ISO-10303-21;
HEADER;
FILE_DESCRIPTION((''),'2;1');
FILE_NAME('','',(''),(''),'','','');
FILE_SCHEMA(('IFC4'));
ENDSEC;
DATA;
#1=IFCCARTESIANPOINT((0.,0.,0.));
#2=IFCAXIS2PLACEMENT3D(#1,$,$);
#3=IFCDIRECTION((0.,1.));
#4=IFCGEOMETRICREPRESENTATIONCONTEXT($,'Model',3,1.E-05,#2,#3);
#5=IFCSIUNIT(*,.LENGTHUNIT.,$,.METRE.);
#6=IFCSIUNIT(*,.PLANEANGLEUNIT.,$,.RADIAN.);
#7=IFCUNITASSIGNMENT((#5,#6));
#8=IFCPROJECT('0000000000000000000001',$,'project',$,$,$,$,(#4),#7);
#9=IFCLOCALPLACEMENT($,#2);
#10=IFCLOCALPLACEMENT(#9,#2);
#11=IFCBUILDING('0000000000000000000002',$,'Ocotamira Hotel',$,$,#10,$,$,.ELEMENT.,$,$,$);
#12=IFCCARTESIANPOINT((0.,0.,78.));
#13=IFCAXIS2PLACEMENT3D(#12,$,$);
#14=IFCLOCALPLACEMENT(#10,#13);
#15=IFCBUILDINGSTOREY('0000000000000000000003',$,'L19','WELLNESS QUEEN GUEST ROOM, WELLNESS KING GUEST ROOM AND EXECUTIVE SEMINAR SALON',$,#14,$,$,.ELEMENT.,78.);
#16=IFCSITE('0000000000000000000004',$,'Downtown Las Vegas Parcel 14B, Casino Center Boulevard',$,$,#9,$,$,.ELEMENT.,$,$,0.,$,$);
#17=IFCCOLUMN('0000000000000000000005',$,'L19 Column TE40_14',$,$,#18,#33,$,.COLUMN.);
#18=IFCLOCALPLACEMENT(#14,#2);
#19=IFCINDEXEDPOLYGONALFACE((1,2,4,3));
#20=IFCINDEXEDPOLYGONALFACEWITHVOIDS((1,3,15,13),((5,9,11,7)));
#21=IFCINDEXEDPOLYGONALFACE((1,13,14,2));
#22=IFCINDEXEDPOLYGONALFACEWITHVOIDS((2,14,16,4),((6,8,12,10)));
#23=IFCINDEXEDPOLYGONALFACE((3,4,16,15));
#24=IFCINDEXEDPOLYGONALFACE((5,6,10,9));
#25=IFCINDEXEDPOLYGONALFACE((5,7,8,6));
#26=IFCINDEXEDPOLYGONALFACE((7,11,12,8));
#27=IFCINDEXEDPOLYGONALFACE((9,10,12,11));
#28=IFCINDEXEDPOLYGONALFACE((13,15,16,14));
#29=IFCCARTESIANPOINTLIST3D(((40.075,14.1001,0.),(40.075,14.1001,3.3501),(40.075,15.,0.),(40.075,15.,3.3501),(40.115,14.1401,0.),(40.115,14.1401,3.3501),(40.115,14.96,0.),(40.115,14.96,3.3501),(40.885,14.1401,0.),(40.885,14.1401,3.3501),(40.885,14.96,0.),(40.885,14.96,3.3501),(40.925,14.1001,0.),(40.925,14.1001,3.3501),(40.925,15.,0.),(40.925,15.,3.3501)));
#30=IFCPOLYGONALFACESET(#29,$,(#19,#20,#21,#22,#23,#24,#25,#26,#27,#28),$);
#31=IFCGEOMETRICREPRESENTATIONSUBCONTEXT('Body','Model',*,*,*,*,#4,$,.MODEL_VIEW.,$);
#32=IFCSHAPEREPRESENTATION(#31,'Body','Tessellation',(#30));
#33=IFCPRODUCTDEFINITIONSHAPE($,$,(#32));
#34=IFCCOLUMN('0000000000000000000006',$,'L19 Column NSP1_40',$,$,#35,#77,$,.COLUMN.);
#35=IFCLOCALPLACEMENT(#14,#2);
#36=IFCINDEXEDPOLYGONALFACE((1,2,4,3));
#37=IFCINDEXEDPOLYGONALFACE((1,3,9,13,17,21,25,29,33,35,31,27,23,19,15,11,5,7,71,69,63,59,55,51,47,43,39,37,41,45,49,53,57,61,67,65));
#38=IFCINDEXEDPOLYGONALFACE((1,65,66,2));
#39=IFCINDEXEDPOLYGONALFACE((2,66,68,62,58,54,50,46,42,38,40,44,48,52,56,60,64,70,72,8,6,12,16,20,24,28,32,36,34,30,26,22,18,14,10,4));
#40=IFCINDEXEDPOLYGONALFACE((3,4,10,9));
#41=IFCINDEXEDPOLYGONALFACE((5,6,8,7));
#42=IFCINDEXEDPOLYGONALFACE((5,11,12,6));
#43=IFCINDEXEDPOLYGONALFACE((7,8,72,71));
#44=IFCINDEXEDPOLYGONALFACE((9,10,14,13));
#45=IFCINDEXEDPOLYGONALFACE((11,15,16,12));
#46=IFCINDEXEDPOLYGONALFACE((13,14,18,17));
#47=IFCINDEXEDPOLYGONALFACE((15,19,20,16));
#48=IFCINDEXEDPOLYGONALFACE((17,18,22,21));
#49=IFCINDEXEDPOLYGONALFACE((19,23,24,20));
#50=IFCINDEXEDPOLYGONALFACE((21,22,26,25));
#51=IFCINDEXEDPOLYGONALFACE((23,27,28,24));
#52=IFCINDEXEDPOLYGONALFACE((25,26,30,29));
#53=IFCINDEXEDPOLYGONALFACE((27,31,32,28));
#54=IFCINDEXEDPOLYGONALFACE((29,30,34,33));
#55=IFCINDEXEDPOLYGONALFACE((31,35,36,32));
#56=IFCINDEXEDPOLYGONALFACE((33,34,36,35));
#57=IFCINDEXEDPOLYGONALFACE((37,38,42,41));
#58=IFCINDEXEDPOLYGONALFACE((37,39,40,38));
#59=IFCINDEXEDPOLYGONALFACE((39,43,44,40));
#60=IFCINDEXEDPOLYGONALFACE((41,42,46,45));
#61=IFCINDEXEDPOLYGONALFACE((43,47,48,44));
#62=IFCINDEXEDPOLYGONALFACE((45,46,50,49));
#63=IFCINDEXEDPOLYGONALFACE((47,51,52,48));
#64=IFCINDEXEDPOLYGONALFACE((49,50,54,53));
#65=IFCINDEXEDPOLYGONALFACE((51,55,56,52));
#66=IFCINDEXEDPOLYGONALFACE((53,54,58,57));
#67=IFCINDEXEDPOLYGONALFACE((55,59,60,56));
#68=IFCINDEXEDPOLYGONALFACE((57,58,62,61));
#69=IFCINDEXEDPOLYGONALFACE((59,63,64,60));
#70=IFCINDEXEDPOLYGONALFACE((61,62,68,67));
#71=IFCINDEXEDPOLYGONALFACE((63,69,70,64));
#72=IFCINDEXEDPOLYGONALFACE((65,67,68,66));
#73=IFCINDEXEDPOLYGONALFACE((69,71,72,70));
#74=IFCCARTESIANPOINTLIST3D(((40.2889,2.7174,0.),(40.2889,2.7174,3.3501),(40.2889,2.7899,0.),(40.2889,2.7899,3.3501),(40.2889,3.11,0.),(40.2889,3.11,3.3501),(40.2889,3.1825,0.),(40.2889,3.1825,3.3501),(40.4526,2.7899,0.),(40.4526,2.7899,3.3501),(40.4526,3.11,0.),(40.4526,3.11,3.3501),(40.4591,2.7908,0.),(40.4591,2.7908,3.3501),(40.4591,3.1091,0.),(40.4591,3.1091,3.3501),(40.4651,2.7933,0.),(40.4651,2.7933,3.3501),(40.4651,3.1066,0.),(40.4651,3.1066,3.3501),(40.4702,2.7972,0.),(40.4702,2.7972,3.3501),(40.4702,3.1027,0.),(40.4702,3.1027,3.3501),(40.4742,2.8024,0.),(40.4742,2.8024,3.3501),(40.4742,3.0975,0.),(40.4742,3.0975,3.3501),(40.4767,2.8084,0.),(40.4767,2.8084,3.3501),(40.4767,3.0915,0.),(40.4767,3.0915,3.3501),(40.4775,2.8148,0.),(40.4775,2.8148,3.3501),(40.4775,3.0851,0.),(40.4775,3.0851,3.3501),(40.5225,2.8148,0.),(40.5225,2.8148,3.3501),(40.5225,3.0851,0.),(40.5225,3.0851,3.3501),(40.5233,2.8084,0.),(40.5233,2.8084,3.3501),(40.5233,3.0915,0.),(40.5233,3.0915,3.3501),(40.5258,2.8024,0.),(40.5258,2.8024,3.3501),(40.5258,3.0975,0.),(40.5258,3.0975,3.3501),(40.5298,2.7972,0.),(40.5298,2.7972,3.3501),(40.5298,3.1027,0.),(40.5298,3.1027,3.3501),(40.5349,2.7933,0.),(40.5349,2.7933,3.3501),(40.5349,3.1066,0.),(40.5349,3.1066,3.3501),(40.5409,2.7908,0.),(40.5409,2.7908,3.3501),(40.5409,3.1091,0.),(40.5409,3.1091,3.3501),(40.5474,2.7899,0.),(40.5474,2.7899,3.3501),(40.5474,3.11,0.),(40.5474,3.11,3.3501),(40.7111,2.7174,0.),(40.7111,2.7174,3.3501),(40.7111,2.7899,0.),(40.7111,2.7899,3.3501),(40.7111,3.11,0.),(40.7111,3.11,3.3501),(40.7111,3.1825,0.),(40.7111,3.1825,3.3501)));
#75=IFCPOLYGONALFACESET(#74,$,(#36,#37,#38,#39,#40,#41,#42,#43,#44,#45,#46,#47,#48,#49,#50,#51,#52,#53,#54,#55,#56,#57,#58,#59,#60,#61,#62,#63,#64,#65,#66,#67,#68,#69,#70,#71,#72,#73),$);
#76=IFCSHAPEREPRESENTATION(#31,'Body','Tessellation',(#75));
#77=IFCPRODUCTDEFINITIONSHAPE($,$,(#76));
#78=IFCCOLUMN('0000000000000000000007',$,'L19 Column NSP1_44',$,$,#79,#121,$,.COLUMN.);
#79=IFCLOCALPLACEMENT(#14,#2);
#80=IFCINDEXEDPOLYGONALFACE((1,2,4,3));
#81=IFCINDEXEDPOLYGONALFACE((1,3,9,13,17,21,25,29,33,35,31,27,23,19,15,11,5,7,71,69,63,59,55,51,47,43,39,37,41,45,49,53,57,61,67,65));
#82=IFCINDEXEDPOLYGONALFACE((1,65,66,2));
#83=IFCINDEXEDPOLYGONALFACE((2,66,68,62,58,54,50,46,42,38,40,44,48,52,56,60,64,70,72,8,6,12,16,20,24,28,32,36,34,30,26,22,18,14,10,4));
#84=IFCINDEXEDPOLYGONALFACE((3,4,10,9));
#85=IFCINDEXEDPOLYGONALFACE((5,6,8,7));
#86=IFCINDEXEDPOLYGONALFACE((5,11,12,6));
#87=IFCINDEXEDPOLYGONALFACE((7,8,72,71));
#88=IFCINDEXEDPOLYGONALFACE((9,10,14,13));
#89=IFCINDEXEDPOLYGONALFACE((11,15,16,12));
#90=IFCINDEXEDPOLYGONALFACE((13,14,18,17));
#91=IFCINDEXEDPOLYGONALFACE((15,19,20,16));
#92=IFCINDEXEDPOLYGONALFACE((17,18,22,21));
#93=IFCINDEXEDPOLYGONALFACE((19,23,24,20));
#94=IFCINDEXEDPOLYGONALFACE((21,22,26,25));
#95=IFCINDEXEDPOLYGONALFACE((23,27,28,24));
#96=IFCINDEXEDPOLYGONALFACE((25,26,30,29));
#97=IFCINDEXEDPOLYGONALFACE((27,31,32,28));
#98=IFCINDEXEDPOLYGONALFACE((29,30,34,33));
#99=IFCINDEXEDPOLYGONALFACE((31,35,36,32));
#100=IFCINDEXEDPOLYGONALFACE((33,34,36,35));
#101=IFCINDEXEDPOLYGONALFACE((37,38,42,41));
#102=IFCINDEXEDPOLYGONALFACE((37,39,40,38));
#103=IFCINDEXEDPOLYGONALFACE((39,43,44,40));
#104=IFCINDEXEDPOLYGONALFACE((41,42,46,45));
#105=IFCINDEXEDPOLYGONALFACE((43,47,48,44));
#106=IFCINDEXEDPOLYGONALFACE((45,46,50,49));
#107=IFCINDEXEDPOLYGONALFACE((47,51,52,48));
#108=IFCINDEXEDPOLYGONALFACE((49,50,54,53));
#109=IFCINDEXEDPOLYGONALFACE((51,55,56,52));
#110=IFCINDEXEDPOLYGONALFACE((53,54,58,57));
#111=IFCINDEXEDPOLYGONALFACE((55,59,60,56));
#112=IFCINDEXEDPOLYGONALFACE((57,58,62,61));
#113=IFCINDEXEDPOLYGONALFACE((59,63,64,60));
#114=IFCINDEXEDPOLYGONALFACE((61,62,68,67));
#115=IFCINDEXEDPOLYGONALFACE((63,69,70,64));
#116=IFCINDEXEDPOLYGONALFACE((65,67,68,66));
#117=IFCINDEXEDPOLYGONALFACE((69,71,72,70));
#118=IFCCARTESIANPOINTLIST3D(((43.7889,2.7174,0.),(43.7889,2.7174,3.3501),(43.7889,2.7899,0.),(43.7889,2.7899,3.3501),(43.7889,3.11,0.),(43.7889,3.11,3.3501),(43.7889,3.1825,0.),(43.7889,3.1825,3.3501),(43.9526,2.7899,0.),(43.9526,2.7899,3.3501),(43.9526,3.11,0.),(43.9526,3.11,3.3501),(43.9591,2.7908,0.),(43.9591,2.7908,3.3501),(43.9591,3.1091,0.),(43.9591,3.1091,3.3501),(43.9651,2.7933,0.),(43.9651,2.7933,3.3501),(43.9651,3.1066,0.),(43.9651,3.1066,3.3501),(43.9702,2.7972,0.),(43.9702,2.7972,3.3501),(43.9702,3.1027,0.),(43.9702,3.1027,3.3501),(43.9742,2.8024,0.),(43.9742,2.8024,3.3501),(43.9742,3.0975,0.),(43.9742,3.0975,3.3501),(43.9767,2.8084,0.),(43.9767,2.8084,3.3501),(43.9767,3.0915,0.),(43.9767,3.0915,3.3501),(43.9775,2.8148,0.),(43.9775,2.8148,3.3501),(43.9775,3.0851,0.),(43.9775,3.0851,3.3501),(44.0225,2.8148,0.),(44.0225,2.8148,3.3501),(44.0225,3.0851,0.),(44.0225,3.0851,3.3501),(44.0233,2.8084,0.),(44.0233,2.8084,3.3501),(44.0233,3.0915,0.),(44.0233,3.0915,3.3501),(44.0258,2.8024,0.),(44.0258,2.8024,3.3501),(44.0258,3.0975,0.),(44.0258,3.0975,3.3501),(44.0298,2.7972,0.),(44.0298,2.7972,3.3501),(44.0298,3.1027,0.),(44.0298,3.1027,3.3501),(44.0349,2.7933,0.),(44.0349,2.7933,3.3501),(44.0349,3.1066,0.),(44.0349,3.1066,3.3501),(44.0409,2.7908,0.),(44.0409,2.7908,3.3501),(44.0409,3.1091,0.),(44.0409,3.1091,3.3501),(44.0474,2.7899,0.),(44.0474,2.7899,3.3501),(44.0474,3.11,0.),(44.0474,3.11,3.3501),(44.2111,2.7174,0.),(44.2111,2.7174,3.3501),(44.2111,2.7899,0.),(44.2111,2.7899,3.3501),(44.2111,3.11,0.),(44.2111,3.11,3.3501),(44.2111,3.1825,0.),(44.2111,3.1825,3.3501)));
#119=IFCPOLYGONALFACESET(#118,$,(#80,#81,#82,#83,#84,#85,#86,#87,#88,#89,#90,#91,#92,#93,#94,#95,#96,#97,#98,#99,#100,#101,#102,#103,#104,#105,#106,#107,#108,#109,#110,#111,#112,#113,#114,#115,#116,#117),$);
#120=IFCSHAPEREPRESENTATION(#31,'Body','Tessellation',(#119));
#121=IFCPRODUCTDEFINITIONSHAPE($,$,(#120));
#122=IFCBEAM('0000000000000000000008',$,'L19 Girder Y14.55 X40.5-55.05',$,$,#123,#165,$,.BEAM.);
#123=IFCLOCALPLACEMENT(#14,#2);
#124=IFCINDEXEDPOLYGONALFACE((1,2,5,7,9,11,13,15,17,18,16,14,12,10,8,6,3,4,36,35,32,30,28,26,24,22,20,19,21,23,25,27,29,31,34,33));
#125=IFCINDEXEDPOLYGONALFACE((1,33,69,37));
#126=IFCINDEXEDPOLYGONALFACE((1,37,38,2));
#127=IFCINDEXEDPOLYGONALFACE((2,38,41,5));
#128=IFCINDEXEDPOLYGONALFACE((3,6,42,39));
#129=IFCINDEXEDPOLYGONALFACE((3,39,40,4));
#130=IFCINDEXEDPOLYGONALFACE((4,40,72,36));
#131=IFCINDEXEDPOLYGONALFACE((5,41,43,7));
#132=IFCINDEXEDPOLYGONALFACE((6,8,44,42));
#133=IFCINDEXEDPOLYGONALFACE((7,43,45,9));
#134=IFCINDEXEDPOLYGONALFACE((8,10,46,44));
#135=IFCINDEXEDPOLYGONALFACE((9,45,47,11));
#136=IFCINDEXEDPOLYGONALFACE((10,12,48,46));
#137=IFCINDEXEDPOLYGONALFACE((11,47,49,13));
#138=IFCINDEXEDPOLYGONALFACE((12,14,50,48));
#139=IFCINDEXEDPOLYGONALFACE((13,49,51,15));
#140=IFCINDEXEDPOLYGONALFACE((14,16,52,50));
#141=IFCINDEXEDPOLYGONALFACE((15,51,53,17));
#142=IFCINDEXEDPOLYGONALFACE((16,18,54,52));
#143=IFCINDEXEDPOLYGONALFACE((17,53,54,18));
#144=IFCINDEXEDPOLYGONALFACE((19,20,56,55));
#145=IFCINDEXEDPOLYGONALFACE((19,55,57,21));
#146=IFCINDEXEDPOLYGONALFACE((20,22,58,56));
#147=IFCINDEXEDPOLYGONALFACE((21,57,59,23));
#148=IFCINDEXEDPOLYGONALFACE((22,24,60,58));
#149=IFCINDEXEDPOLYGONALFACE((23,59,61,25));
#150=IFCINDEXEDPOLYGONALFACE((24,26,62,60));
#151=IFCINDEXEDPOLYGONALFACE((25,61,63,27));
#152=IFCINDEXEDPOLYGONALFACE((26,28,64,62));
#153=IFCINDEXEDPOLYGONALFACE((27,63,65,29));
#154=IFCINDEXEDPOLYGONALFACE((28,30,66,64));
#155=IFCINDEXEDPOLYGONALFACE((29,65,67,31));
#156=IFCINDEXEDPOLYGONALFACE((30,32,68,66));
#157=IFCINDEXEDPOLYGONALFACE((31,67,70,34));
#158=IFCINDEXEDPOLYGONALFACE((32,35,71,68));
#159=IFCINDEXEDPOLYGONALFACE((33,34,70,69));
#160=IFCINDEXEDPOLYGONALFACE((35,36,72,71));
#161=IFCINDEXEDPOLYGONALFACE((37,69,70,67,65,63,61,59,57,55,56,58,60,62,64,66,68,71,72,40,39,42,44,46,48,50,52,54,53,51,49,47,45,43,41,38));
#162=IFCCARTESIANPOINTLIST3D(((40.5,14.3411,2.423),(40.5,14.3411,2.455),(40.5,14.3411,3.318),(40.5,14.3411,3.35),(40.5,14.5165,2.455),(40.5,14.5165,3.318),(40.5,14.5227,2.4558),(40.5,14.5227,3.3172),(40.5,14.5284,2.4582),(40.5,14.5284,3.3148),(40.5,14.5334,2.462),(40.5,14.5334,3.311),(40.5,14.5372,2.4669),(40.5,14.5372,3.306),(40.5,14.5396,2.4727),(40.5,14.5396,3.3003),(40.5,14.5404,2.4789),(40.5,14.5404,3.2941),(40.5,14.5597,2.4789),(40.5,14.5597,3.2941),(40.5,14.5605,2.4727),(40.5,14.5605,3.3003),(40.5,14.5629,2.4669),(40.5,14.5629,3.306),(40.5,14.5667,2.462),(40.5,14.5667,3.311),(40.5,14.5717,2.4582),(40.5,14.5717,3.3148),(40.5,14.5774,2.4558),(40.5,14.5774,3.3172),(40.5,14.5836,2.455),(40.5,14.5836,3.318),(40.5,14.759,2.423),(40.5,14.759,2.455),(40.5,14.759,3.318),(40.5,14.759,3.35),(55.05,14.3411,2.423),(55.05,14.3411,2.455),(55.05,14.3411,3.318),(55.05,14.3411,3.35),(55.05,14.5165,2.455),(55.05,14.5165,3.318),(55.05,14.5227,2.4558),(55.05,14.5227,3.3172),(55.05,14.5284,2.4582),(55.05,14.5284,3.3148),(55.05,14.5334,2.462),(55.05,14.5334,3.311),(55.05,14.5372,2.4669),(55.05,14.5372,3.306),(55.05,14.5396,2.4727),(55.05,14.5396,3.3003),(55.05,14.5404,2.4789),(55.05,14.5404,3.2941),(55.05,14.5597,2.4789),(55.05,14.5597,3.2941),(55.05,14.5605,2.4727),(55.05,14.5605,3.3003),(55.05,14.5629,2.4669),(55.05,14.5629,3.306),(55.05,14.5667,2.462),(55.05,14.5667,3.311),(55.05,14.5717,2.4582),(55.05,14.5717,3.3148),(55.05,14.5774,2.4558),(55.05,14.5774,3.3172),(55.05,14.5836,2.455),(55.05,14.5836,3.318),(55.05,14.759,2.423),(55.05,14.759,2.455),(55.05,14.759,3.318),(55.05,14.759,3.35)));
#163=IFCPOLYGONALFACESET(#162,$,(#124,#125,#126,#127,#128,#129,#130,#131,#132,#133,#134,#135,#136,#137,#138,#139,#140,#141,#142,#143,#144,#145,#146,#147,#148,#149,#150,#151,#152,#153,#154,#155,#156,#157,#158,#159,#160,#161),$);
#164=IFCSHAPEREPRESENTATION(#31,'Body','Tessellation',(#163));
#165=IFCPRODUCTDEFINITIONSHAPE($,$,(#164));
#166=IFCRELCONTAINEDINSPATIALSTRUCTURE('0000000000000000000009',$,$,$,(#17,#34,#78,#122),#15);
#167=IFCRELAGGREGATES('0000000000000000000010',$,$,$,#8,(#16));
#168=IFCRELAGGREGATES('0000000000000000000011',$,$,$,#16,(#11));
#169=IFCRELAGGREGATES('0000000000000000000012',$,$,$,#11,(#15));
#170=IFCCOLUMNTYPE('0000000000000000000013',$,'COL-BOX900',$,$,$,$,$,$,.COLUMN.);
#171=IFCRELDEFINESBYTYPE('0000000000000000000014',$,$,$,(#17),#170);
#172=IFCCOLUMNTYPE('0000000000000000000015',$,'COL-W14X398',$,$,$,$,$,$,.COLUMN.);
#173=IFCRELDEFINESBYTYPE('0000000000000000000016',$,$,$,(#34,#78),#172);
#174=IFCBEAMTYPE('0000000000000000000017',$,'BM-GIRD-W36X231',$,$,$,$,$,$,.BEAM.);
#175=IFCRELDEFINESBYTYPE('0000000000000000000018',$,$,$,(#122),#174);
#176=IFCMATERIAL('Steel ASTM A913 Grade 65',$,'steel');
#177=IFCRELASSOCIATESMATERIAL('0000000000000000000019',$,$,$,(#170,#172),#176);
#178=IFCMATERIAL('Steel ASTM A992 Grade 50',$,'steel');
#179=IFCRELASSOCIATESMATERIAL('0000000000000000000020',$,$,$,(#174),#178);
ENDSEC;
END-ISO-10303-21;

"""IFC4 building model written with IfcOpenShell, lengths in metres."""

from ifc_helpers import new_model, si_unit, direction, frame, origin, origin_2d, place, context, subcontext, project, spatial, hollow_rectangle, i_section, extrude, source, transform, mapped, material, material_profile, profile_set, type_object, element, save


model = new_model("IFC4")

# Units and contexts
model_context = context("Model", 3, precision=1e-05, world=origin(), true_north=direction((0.0, 1.0)))
body_context = subcontext(model_context, "Body", "Model", "MODEL_VIEW")
ifc_project = project(units=[si_unit("LENGTHUNIT", "METRE"), si_unit("PLANEANGLEUNIT", "RADIAN")], contexts=[model_context])

# Site, building, storey
site_placement = place(None, origin())
site = spatial("IfcSite", under=ifc_project, at=site_placement, Name="Downtown Las Vegas Parcel 14B, Casino Center Boulevard", CompositionType="ELEMENT", RefElevation=0.0)
building_placement = place(site_placement, origin())
building = spatial("IfcBuilding", under=site, at=building_placement, Name="Ocotamira Hotel", CompositionType="ELEMENT")
storey_placement = place(building_placement, frame((0.0, 0.0, 78.0)))
storey = spatial("IfcBuildingStorey", under=building, at=storey_placement, Name="L19", Description="WELLNESS QUEEN GUEST ROOM, WELLNESS KING GUEST ROOM AND EXECUTIVE SEMINAR SALON", CompositionType="ELEMENT", Elevation=78.0)

# Columns
ifc_material_1 = material(Name="Steel ASTM A913 Grade 65", Category="steel")
ifc_material_profile_1 = material_profile(ifc_material_1, hollow_rectangle(XDim=0.8501, YDim=0.8999, WallThickness=0.04, at=origin_2d()), Name="BOX900X850X40")
ifc_profile_set_1 = profile_set([ifc_material_profile_1], Name="Steel ASTM A913 Grade 65")
column_type_1 = type_object("IfcColumnType", Name="COL-BOX900", PredefinedType="COLUMN", material=ifc_profile_set_1)
shared_shape_1 = source(origin(), body_context, "Body", "SweptSolid", [
    extrude(hollow_rectangle(XDim=0.8501, YDim=0.8999, WallThickness=0.04, at=origin_2d()), origin(), (0.0, 0.0, 1.0), 3.3501),
])
column_placement = place(storey_placement, frame((40.5, 14.55, 0.0), z_axis=(0.0, 0.0, 1.0), x_axis=(1.0, 0.0, 0.0)))
element("IfcColumn", 1, at=column_placement, inside=storey, type_object=column_type_1, Name="L19 Column TE40_14", PredefinedType="COLUMN", context=body_context, shape_type="MappedRepresentation", body=[
    mapped(shared_shape_1, transform((0.0, 0.0, 0.0), scale=1.0)),
])
ifc_material_profile_2 = material_profile(ifc_material_1, i_section(OverallWidth=0.4221, OverallDepth=0.4651, WebThickness=0.0449, FlangeThickness=0.0725, FilletRadius=0.0249, at=origin_2d()), Name="W14X398")
ifc_profile_set_2 = profile_set([ifc_material_profile_2], Name="Steel ASTM A913 Grade 65")
column_type_2 = type_object("IfcColumnType", Name="COL-W14X398", PredefinedType="COLUMN", material=ifc_profile_set_2)
shared_shape_2 = source(origin(), body_context, "Body", "SweptSolid", [
    extrude(i_section(OverallWidth=0.4221, OverallDepth=0.4651, WebThickness=0.0449, FlangeThickness=0.0725, FilletRadius=0.0249, at=origin_2d()), origin(), (0.0, 0.0, 1.0), 3.3501),
])
for number, where, z_axis, x_axis, name in (
    (2, (40.5, 2.95, 0.0), (0.0, 0.0, 1.0), (1.0, 0.0, 0.0), "L19 Column NSP1_40"),
    (3, (44.0, 2.95, 0.0), (0.0, 0.0, 1.0), (1.0, 0.0, 0.0), "L19 Column NSP1_44"),
):
    element("IfcColumn", number, at=place(storey_placement, frame(where, z_axis=z_axis, x_axis=x_axis)), inside=storey, type_object=column_type_2, Name=name, PredefinedType="COLUMN", context=body_context, shape_type="MappedRepresentation", body=[
        mapped(shared_shape_2, transform((0.0, 0.0, 0.0), scale=1.0)),
    ])

# Beam
ifc_material_2 = material(Name="Steel ASTM A992 Grade 50", Category="steel")
ifc_material_profile_3 = material_profile(ifc_material_2, i_section(OverallWidth=0.418, OverallDepth=0.927, WebThickness=0.0193, FlangeThickness=0.032, FilletRadius=0.0239, at=origin_2d()), Name="W36X231")
ifc_profile_set_3 = profile_set([ifc_material_profile_3], Name="Steel ASTM A992 Grade 50")
beam_type_1 = type_object("IfcBeamType", Name="BM-GIRD-W36X231", PredefinedType="BEAM", material=ifc_profile_set_3)
shared_shape_3 = source(origin(), body_context, "Body", "SweptSolid", [
    extrude(i_section(OverallWidth=0.418, OverallDepth=0.927, WebThickness=0.0193, FlangeThickness=0.032, FilletRadius=0.0239, at=origin_2d()), origin(), (0.0, 0.0, 1.0), 14.55),
])
beam_1_placement = place(storey_placement, frame((40.5, 14.55, 2.8865), z_axis=(1.0, 0.0, 0.0), x_axis=(0.0, 1.0, 0.0)))
element("IfcBeam", 4, at=beam_1_placement, inside=storey, type_object=beam_type_1, Name="L19 Girder Y14.55 X40.5-55.05", PredefinedType="BEAM", context=body_context, shape_type="MappedRepresentation", body=[
    mapped(shared_shape_3, transform((0.0, 0.0, 0.0), scale=1.0)),
])

save(model, "model.ifc")
